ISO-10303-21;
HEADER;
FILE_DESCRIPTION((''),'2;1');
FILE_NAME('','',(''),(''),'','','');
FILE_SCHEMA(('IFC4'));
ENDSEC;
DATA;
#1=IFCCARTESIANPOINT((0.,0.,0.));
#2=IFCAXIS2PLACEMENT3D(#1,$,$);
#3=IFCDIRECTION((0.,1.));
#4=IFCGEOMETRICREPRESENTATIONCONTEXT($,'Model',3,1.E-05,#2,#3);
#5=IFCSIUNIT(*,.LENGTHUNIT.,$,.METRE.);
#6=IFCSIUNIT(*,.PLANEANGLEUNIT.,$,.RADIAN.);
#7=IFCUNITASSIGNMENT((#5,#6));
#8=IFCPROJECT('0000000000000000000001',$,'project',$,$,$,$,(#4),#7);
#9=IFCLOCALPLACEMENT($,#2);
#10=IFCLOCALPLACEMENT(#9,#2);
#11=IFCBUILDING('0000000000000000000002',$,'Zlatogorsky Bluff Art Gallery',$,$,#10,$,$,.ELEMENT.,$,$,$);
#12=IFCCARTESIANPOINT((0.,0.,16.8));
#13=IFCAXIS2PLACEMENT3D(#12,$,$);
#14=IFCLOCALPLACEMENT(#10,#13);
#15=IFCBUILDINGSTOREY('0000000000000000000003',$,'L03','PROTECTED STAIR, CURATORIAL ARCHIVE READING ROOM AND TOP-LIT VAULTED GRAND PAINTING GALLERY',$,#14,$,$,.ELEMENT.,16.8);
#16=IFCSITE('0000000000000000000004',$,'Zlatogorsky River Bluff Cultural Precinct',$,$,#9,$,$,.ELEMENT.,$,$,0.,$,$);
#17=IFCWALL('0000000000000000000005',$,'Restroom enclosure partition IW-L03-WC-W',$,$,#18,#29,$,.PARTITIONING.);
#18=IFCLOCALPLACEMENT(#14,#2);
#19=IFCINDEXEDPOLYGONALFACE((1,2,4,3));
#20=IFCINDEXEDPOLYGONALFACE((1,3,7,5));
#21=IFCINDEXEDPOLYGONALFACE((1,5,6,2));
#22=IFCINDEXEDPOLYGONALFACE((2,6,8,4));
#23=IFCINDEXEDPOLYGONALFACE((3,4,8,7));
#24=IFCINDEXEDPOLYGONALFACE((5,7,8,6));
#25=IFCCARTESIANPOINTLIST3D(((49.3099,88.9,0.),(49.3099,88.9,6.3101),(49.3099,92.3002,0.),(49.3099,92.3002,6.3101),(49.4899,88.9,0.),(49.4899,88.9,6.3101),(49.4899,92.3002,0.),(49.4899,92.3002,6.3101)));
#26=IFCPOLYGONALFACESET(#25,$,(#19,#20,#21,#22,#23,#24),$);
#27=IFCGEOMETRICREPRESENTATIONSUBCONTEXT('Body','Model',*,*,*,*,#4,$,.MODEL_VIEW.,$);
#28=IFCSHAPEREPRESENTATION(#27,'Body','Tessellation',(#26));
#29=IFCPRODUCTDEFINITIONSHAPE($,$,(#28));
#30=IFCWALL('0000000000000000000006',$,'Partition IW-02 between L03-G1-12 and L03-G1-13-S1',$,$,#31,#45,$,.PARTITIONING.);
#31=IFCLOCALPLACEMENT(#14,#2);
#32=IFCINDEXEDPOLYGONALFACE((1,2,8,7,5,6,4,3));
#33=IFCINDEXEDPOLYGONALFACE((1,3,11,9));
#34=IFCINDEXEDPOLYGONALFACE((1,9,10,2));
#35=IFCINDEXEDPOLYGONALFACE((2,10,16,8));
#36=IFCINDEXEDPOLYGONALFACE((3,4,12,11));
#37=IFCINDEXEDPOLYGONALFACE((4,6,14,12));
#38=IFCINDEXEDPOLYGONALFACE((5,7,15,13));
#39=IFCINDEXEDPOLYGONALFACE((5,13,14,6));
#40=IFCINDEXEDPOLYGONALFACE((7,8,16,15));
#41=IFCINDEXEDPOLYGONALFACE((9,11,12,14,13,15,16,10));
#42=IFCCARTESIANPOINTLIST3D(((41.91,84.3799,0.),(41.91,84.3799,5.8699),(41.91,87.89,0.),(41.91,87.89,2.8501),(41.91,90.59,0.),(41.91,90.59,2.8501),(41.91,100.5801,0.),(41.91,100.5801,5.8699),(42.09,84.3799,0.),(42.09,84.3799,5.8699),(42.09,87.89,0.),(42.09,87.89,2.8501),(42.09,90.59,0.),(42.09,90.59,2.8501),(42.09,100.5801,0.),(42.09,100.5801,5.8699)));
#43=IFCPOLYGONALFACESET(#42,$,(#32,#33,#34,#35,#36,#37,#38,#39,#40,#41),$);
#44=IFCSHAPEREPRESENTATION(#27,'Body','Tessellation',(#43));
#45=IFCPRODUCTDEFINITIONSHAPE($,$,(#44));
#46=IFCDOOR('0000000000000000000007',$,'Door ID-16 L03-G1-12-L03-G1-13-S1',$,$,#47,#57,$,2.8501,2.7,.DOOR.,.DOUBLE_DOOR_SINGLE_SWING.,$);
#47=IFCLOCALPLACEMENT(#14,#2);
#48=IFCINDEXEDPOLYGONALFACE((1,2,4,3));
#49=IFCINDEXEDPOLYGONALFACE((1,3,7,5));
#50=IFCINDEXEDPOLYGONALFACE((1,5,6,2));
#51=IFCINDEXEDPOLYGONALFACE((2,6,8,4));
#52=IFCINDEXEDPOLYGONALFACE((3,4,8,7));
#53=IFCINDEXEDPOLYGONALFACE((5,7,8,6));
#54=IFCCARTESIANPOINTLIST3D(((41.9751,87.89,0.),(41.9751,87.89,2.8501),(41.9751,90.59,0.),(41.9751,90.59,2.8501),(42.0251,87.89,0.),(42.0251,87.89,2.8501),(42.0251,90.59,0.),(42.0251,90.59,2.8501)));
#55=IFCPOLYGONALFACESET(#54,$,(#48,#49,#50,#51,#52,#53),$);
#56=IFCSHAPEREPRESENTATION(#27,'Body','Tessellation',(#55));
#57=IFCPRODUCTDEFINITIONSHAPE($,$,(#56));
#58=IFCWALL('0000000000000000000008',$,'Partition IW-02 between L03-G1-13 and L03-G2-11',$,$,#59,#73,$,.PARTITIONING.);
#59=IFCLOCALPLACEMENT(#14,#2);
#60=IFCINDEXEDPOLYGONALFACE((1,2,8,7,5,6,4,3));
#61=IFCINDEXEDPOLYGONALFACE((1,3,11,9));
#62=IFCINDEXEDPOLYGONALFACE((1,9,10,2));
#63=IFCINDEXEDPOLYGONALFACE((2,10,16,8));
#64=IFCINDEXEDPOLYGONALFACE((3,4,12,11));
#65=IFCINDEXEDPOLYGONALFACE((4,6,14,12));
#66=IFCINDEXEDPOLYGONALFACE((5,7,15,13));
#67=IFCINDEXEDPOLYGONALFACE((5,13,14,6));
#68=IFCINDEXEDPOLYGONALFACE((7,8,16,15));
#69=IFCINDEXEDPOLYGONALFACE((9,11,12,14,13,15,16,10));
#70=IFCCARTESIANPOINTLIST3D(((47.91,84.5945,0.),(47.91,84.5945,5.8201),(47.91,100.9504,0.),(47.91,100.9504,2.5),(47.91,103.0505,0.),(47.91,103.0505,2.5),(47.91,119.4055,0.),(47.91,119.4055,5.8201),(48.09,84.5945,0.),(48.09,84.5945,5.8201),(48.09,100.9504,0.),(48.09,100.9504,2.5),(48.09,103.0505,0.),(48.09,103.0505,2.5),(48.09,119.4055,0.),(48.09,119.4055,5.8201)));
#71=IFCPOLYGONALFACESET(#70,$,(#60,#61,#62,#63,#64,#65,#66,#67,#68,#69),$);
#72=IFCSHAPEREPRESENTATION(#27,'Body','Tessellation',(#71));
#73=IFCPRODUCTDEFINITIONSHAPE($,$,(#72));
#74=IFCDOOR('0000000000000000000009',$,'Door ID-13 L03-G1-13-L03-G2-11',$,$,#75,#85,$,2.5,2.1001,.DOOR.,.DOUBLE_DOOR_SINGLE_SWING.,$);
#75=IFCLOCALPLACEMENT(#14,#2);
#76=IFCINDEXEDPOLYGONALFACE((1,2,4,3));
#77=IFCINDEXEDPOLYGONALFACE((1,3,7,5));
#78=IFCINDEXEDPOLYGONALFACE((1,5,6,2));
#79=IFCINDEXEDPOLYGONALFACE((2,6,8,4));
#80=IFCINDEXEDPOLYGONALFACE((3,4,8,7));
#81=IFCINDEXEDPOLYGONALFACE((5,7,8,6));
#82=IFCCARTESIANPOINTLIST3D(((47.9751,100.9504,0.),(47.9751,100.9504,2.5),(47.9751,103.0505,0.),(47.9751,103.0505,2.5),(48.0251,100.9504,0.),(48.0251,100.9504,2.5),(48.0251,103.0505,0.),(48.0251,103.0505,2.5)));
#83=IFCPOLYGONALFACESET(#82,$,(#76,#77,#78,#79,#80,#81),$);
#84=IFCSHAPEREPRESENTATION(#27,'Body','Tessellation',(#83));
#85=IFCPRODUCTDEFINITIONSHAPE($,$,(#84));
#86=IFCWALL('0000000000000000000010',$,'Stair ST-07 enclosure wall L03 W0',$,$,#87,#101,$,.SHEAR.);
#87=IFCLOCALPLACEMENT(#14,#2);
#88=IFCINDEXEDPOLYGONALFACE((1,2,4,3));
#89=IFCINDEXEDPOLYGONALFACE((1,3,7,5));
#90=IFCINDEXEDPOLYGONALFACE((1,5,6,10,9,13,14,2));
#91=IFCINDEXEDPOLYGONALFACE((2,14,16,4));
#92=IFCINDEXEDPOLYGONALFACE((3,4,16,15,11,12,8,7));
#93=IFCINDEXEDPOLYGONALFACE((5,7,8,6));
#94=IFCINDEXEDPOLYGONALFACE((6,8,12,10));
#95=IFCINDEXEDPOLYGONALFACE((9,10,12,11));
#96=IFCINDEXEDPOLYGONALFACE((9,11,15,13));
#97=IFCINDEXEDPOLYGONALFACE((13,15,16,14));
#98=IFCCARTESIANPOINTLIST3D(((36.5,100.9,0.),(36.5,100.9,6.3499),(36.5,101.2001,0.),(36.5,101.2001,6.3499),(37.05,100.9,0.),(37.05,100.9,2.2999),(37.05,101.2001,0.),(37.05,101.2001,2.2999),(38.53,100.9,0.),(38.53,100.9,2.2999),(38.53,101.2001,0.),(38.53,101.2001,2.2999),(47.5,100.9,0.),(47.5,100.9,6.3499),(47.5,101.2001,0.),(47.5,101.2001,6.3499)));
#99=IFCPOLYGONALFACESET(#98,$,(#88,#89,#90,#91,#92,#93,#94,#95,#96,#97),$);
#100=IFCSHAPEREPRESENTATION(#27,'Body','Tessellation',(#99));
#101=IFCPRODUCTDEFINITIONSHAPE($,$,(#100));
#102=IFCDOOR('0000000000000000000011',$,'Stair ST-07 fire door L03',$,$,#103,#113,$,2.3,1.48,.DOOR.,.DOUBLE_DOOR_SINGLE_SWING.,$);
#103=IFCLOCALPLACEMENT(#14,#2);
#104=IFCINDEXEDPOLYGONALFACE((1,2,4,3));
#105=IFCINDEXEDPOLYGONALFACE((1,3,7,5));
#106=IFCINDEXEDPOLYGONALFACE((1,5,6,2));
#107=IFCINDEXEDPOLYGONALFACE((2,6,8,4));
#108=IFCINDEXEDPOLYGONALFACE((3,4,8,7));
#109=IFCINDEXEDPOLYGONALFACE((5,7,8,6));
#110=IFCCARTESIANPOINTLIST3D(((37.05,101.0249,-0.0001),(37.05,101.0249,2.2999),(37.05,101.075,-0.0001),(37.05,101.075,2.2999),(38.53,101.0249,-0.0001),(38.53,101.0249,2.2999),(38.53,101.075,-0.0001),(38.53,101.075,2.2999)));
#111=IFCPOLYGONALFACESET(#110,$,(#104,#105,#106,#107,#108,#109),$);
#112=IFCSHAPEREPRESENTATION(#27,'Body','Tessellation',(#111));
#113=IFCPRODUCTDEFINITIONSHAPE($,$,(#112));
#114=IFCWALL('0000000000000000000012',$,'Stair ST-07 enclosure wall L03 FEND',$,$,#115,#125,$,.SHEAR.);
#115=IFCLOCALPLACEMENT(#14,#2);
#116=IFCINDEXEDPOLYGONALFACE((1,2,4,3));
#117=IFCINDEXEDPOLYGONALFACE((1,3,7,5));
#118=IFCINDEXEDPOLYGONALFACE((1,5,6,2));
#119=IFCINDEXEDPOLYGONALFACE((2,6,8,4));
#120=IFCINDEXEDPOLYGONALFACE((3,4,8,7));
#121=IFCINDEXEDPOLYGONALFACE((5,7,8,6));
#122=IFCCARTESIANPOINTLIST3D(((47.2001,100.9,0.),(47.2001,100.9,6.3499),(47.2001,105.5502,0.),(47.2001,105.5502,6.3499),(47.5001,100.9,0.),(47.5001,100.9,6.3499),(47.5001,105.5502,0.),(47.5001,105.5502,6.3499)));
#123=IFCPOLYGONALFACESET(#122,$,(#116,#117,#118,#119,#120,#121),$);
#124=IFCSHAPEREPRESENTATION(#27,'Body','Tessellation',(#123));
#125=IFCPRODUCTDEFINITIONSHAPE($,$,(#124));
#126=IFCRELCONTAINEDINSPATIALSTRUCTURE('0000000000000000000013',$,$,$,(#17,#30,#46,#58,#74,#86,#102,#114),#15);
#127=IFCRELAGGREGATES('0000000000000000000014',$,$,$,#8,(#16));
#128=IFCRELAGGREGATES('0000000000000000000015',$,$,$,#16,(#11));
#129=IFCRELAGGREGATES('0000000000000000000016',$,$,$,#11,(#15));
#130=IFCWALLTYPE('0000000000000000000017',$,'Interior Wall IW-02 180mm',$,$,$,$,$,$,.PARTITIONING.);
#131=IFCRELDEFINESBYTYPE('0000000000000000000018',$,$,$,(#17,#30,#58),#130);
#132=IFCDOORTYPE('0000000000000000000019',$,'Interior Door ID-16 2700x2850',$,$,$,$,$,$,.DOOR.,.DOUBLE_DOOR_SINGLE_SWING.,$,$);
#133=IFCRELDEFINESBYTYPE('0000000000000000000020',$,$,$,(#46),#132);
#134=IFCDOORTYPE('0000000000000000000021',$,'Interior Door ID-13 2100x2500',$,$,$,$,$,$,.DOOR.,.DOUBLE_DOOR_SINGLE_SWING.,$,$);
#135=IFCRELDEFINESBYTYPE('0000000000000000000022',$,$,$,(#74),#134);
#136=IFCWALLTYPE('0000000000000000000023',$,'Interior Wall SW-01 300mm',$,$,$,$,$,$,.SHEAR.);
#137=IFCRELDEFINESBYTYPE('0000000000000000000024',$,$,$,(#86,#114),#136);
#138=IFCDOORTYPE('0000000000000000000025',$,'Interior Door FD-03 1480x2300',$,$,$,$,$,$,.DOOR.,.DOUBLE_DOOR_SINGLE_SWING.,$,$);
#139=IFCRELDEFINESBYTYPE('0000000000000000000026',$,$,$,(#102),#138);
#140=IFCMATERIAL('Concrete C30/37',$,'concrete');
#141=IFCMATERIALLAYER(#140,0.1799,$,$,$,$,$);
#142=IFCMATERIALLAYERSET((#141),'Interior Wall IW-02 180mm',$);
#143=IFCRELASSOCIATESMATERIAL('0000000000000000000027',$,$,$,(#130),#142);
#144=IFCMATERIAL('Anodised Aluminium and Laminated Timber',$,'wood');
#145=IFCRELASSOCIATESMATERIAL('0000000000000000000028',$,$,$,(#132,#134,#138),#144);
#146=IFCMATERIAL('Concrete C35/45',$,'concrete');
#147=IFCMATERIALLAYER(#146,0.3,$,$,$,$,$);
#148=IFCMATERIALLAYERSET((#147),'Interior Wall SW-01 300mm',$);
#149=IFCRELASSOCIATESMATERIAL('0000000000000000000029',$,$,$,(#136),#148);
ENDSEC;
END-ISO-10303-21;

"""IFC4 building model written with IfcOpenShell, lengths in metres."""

from ifc_helpers import new_model, si_unit, direction, frame, frame_2d, origin, place, context, subcontext, project, spatial, rectangle, extrude, material, layer, layer_set, type_object, element, fill, save


model = new_model("IFC4")

# Units and contexts
model_context = context("Model", 3, precision=1e-05, world=origin(), true_north=direction((0.0, 1.0)))
body_context = subcontext(model_context, "Body", "Model", "MODEL_VIEW")
ifc_project = project(units=[si_unit("LENGTHUNIT", "METRE"), si_unit("PLANEANGLEUNIT", "RADIAN")], contexts=[model_context])

# Site, building, storey
site_placement = place(None, origin())
site = spatial("IfcSite", under=ifc_project, at=site_placement, Name="Zlatogorsky River Bluff Cultural Precinct", CompositionType="ELEMENT", RefElevation=0.0)
building_placement = place(site_placement, origin())
building = spatial("IfcBuilding", under=site, at=building_placement, Name="Zlatogorsky Bluff Art Gallery", CompositionType="ELEMENT")
storey_placement = place(building_placement, frame((0.0, 0.0, 16.8)))
storey = spatial("IfcBuildingStorey", under=building, at=storey_placement, Name="L03", Description="PROTECTED STAIR, CURATORIAL ARCHIVE READING ROOM AND TOP-LIT VAULTED GRAND PAINTING GALLERY", CompositionType="ELEMENT", Elevation=16.8)

# Shared definitions
ifc_material_1 = material(Name="Concrete C30/37", Category="concrete")
ifc_layer_1 = layer(ifc_material_1, 0.1799)
ifc_layer_set_1 = layer_set([ifc_layer_1], Name="Interior Wall IW-02 180mm")
wall_type_1 = type_object("IfcWallType", Name="Interior Wall IW-02 180mm", PredefinedType="PARTITIONING", material=ifc_layer_set_1)

# Shared definitions
ifc_material_2 = material(Name="Anodised Aluminium and Laminated Timber", Category="wood")

# Wall
wall_1_placement = place(storey_placement, frame((49.3999, 88.8999, 0.0), z_axis=(0.0, 0.0, 1.0), x_axis=(0.0, 1.0, 0.0)))
element("IfcWall", 1, at=wall_1_placement, inside=storey, type_object=wall_type_1, Name="Restroom enclosure partition IW-L03-WC-W", PredefinedType="PARTITIONING", context=body_context, shape_type="SweptSolid", body=[
    extrude(rectangle(XDim=3.4001, YDim=0.1799, at=frame_2d((1.7002, 0.0))), origin(), (0.0, 0.0, 1.0), 6.3101),
])

# Walls, openings, doors
wall_2_placement = place(storey_placement, frame((42.0, 84.3799, 0.0), z_axis=(0.0, 0.0, 1.0), x_axis=(0.0, 1.0, 0.0)))
wall_2 = element("IfcWall", 2, at=wall_2_placement, inside=storey, type_object=wall_type_1, Name="Partition IW-02 between L03-G1-12 and L03-G1-13-S1", PredefinedType="PARTITIONING", context=body_context, shape_type="SweptSolid", body=[
    extrude(rectangle(XDim=16.2002, YDim=0.1799, at=frame_2d((8.1001, 0.0))), origin(), (0.0, 0.0, 1.0), 5.8699),
])
opening_1_placement = place(wall_2_placement, frame((3.51, 0.0, 0.0)))
opening_1 = element("IfcOpeningElement", 3, at=opening_1_placement, cuts=wall_2, PredefinedType="OPENING", context=body_context, shape_type="SweptSolid", body=[
    extrude(rectangle(XDim=2.7, YDim=2.8501, at=frame_2d((1.3501, 1.425))), frame((0.0, 0.0999, 0.0), z_axis=(0.0, -1.0, 0.0), x_axis=(1.0, 0.0, 0.0)), (0.0, 0.0, 1.0), 0.2),
])
door_type_1 = type_object("IfcDoorType", Name="Interior Door ID-16 2700x2850", OperationType="DOUBLE_DOOR_SINGLE_SWING", PredefinedType="DOOR", material=ifc_material_2)
door_1_placement = place(opening_1_placement, origin())
door_1 = element("IfcDoor", 4, at=door_1_placement, inside=storey, type_object=door_type_1, Name="Door ID-16 L03-G1-12-L03-G1-13-S1", OperationType="DOUBLE_DOOR_SINGLE_SWING", OverallHeight=2.8501, OverallWidth=2.7, PredefinedType="DOOR", context=body_context, shape_type="SweptSolid", body=[
    extrude(rectangle(XDim=2.7, YDim=2.8501, at=frame_2d((1.3501, 1.425))), frame((0.0, 0.0249, 0.0), z_axis=(0.0, -1.0, 0.0), x_axis=(1.0, 0.0, 0.0)), (0.0, 0.0, 1.0), 0.05),
])
fill(opening_1, door_1)
wall_3_placement = place(storey_placement, frame((48.0, 84.5945, 0.0), z_axis=(0.0, 0.0, 1.0), x_axis=(0.0, 1.0, 0.0)))
wall_3 = element("IfcWall", 5, at=wall_3_placement, inside=storey, type_object=wall_type_1, Name="Partition IW-02 between L03-G1-13 and L03-G2-11", PredefinedType="PARTITIONING", context=body_context, shape_type="SweptSolid", body=[
    extrude(rectangle(XDim=34.811, YDim=0.1799, at=frame_2d((17.4055, 0.0))), origin(), (0.0, 0.0, 1.0), 5.8201),
])
opening_2_placement = place(wall_3_placement, frame((16.356, 0.0, 0.0)))
opening_2 = element("IfcOpeningElement", 6, at=opening_2_placement, cuts=wall_3, PredefinedType="OPENING", context=body_context, shape_type="SweptSolid", body=[
    extrude(rectangle(XDim=2.1001, YDim=2.5, at=frame_2d((1.05, 1.25))), frame((0.0, 0.0999, 0.0), z_axis=(0.0, -1.0, 0.0), x_axis=(1.0, 0.0, 0.0)), (0.0, 0.0, 1.0), 0.2),
])
door_type_2 = type_object("IfcDoorType", Name="Interior Door ID-13 2100x2500", OperationType="DOUBLE_DOOR_SINGLE_SWING", PredefinedType="DOOR", material=ifc_material_2)
door_2_placement = place(opening_2_placement, origin())
door_2 = element("IfcDoor", 7, at=door_2_placement, inside=storey, type_object=door_type_2, Name="Door ID-13 L03-G1-13-L03-G2-11", OperationType="DOUBLE_DOOR_SINGLE_SWING", OverallHeight=2.5, OverallWidth=2.1001, PredefinedType="DOOR", context=body_context, shape_type="SweptSolid", body=[
    extrude(rectangle(XDim=2.1001, YDim=2.5, at=frame_2d((1.05, 1.25))), frame((0.0, 0.0249, 0.0), z_axis=(0.0, -1.0, 0.0), x_axis=(1.0, 0.0, 0.0)), (0.0, 0.0, 1.0), 0.05),
])
fill(opening_2, door_2)
ifc_material_3 = material(Name="Concrete C35/45", Category="concrete")
ifc_layer_2 = layer(ifc_material_3, 0.3)
ifc_layer_set_2 = layer_set([ifc_layer_2], Name="Interior Wall SW-01 300mm")
wall_type_2 = type_object("IfcWallType", Name="Interior Wall SW-01 300mm", PredefinedType="SHEAR", material=ifc_layer_set_2)
wall_4_placement = place(storey_placement, frame((36.5, 101.05, 0.0), z_axis=(0.0, 0.0, 1.0), x_axis=(1.0, 0.0, 0.0)))
wall_4 = element("IfcWall", 8, at=wall_4_placement, inside=storey, type_object=wall_type_2, Name="Stair ST-07 enclosure wall L03 W0", PredefinedType="SHEAR", context=body_context, shape_type="SweptSolid", body=[
    extrude(rectangle(XDim=11.0, YDim=0.3, at=frame_2d((5.5, 0.0))), origin(), (0.0, 0.0, 1.0), 6.3499),
])
opening_3_placement = place(wall_4_placement, frame((0.55, 0.0, 0.0)))
opening_3 = element("IfcOpeningElement", 9, at=opening_3_placement, cuts=wall_4, PredefinedType="OPENING", context=body_context, shape_type="SweptSolid", body=[
    extrude(rectangle(XDim=1.48, YDim=2.3, at=frame_2d((0.74, 1.1499))), frame((0.0, 0.1599, 0.0), z_axis=(0.0, -1.0, 0.0), x_axis=(1.0, 0.0, 0.0)), (0.0, 0.0, 1.0), 0.3201),
])
door_type_3 = type_object("IfcDoorType", Name="Interior Door FD-03 1480x2300", OperationType="DOUBLE_DOOR_SINGLE_SWING", PredefinedType="DOOR", material=ifc_material_2)
door_3_placement = place(opening_3_placement, origin())
door_3 = element("IfcDoor", 10, at=door_3_placement, inside=storey, type_object=door_type_3, Name="Stair ST-07 fire door L03", OperationType="DOUBLE_DOOR_SINGLE_SWING", OverallHeight=2.3, OverallWidth=1.48, PredefinedType="DOOR", context=body_context, shape_type="SweptSolid", body=[
    extrude(rectangle(XDim=1.48, YDim=2.3, at=frame_2d((0.74, 1.1499))), frame((0.0, 0.0249, 0.0), z_axis=(0.0, -1.0, 0.0), x_axis=(1.0, 0.0, 0.0)), (0.0, 0.0, 1.0), 0.05),
])
fill(opening_3, door_3)

# Wall
wall_5_placement = place(storey_placement, frame((47.3501, 100.8999, 0.0), z_axis=(0.0, 0.0, 1.0), x_axis=(0.0, 1.0, 0.0)))
element("IfcWall", 11, at=wall_5_placement, inside=storey, type_object=wall_type_2, Name="Stair ST-07 enclosure wall L03 FEND", PredefinedType="SHEAR", context=body_context, shape_type="SweptSolid", body=[
    extrude(rectangle(XDim=4.6501, YDim=0.3, at=frame_2d((2.3252, 0.0))), origin(), (0.0, 0.0, 1.0), 6.3499),
])

save(model, "model.ifc")
